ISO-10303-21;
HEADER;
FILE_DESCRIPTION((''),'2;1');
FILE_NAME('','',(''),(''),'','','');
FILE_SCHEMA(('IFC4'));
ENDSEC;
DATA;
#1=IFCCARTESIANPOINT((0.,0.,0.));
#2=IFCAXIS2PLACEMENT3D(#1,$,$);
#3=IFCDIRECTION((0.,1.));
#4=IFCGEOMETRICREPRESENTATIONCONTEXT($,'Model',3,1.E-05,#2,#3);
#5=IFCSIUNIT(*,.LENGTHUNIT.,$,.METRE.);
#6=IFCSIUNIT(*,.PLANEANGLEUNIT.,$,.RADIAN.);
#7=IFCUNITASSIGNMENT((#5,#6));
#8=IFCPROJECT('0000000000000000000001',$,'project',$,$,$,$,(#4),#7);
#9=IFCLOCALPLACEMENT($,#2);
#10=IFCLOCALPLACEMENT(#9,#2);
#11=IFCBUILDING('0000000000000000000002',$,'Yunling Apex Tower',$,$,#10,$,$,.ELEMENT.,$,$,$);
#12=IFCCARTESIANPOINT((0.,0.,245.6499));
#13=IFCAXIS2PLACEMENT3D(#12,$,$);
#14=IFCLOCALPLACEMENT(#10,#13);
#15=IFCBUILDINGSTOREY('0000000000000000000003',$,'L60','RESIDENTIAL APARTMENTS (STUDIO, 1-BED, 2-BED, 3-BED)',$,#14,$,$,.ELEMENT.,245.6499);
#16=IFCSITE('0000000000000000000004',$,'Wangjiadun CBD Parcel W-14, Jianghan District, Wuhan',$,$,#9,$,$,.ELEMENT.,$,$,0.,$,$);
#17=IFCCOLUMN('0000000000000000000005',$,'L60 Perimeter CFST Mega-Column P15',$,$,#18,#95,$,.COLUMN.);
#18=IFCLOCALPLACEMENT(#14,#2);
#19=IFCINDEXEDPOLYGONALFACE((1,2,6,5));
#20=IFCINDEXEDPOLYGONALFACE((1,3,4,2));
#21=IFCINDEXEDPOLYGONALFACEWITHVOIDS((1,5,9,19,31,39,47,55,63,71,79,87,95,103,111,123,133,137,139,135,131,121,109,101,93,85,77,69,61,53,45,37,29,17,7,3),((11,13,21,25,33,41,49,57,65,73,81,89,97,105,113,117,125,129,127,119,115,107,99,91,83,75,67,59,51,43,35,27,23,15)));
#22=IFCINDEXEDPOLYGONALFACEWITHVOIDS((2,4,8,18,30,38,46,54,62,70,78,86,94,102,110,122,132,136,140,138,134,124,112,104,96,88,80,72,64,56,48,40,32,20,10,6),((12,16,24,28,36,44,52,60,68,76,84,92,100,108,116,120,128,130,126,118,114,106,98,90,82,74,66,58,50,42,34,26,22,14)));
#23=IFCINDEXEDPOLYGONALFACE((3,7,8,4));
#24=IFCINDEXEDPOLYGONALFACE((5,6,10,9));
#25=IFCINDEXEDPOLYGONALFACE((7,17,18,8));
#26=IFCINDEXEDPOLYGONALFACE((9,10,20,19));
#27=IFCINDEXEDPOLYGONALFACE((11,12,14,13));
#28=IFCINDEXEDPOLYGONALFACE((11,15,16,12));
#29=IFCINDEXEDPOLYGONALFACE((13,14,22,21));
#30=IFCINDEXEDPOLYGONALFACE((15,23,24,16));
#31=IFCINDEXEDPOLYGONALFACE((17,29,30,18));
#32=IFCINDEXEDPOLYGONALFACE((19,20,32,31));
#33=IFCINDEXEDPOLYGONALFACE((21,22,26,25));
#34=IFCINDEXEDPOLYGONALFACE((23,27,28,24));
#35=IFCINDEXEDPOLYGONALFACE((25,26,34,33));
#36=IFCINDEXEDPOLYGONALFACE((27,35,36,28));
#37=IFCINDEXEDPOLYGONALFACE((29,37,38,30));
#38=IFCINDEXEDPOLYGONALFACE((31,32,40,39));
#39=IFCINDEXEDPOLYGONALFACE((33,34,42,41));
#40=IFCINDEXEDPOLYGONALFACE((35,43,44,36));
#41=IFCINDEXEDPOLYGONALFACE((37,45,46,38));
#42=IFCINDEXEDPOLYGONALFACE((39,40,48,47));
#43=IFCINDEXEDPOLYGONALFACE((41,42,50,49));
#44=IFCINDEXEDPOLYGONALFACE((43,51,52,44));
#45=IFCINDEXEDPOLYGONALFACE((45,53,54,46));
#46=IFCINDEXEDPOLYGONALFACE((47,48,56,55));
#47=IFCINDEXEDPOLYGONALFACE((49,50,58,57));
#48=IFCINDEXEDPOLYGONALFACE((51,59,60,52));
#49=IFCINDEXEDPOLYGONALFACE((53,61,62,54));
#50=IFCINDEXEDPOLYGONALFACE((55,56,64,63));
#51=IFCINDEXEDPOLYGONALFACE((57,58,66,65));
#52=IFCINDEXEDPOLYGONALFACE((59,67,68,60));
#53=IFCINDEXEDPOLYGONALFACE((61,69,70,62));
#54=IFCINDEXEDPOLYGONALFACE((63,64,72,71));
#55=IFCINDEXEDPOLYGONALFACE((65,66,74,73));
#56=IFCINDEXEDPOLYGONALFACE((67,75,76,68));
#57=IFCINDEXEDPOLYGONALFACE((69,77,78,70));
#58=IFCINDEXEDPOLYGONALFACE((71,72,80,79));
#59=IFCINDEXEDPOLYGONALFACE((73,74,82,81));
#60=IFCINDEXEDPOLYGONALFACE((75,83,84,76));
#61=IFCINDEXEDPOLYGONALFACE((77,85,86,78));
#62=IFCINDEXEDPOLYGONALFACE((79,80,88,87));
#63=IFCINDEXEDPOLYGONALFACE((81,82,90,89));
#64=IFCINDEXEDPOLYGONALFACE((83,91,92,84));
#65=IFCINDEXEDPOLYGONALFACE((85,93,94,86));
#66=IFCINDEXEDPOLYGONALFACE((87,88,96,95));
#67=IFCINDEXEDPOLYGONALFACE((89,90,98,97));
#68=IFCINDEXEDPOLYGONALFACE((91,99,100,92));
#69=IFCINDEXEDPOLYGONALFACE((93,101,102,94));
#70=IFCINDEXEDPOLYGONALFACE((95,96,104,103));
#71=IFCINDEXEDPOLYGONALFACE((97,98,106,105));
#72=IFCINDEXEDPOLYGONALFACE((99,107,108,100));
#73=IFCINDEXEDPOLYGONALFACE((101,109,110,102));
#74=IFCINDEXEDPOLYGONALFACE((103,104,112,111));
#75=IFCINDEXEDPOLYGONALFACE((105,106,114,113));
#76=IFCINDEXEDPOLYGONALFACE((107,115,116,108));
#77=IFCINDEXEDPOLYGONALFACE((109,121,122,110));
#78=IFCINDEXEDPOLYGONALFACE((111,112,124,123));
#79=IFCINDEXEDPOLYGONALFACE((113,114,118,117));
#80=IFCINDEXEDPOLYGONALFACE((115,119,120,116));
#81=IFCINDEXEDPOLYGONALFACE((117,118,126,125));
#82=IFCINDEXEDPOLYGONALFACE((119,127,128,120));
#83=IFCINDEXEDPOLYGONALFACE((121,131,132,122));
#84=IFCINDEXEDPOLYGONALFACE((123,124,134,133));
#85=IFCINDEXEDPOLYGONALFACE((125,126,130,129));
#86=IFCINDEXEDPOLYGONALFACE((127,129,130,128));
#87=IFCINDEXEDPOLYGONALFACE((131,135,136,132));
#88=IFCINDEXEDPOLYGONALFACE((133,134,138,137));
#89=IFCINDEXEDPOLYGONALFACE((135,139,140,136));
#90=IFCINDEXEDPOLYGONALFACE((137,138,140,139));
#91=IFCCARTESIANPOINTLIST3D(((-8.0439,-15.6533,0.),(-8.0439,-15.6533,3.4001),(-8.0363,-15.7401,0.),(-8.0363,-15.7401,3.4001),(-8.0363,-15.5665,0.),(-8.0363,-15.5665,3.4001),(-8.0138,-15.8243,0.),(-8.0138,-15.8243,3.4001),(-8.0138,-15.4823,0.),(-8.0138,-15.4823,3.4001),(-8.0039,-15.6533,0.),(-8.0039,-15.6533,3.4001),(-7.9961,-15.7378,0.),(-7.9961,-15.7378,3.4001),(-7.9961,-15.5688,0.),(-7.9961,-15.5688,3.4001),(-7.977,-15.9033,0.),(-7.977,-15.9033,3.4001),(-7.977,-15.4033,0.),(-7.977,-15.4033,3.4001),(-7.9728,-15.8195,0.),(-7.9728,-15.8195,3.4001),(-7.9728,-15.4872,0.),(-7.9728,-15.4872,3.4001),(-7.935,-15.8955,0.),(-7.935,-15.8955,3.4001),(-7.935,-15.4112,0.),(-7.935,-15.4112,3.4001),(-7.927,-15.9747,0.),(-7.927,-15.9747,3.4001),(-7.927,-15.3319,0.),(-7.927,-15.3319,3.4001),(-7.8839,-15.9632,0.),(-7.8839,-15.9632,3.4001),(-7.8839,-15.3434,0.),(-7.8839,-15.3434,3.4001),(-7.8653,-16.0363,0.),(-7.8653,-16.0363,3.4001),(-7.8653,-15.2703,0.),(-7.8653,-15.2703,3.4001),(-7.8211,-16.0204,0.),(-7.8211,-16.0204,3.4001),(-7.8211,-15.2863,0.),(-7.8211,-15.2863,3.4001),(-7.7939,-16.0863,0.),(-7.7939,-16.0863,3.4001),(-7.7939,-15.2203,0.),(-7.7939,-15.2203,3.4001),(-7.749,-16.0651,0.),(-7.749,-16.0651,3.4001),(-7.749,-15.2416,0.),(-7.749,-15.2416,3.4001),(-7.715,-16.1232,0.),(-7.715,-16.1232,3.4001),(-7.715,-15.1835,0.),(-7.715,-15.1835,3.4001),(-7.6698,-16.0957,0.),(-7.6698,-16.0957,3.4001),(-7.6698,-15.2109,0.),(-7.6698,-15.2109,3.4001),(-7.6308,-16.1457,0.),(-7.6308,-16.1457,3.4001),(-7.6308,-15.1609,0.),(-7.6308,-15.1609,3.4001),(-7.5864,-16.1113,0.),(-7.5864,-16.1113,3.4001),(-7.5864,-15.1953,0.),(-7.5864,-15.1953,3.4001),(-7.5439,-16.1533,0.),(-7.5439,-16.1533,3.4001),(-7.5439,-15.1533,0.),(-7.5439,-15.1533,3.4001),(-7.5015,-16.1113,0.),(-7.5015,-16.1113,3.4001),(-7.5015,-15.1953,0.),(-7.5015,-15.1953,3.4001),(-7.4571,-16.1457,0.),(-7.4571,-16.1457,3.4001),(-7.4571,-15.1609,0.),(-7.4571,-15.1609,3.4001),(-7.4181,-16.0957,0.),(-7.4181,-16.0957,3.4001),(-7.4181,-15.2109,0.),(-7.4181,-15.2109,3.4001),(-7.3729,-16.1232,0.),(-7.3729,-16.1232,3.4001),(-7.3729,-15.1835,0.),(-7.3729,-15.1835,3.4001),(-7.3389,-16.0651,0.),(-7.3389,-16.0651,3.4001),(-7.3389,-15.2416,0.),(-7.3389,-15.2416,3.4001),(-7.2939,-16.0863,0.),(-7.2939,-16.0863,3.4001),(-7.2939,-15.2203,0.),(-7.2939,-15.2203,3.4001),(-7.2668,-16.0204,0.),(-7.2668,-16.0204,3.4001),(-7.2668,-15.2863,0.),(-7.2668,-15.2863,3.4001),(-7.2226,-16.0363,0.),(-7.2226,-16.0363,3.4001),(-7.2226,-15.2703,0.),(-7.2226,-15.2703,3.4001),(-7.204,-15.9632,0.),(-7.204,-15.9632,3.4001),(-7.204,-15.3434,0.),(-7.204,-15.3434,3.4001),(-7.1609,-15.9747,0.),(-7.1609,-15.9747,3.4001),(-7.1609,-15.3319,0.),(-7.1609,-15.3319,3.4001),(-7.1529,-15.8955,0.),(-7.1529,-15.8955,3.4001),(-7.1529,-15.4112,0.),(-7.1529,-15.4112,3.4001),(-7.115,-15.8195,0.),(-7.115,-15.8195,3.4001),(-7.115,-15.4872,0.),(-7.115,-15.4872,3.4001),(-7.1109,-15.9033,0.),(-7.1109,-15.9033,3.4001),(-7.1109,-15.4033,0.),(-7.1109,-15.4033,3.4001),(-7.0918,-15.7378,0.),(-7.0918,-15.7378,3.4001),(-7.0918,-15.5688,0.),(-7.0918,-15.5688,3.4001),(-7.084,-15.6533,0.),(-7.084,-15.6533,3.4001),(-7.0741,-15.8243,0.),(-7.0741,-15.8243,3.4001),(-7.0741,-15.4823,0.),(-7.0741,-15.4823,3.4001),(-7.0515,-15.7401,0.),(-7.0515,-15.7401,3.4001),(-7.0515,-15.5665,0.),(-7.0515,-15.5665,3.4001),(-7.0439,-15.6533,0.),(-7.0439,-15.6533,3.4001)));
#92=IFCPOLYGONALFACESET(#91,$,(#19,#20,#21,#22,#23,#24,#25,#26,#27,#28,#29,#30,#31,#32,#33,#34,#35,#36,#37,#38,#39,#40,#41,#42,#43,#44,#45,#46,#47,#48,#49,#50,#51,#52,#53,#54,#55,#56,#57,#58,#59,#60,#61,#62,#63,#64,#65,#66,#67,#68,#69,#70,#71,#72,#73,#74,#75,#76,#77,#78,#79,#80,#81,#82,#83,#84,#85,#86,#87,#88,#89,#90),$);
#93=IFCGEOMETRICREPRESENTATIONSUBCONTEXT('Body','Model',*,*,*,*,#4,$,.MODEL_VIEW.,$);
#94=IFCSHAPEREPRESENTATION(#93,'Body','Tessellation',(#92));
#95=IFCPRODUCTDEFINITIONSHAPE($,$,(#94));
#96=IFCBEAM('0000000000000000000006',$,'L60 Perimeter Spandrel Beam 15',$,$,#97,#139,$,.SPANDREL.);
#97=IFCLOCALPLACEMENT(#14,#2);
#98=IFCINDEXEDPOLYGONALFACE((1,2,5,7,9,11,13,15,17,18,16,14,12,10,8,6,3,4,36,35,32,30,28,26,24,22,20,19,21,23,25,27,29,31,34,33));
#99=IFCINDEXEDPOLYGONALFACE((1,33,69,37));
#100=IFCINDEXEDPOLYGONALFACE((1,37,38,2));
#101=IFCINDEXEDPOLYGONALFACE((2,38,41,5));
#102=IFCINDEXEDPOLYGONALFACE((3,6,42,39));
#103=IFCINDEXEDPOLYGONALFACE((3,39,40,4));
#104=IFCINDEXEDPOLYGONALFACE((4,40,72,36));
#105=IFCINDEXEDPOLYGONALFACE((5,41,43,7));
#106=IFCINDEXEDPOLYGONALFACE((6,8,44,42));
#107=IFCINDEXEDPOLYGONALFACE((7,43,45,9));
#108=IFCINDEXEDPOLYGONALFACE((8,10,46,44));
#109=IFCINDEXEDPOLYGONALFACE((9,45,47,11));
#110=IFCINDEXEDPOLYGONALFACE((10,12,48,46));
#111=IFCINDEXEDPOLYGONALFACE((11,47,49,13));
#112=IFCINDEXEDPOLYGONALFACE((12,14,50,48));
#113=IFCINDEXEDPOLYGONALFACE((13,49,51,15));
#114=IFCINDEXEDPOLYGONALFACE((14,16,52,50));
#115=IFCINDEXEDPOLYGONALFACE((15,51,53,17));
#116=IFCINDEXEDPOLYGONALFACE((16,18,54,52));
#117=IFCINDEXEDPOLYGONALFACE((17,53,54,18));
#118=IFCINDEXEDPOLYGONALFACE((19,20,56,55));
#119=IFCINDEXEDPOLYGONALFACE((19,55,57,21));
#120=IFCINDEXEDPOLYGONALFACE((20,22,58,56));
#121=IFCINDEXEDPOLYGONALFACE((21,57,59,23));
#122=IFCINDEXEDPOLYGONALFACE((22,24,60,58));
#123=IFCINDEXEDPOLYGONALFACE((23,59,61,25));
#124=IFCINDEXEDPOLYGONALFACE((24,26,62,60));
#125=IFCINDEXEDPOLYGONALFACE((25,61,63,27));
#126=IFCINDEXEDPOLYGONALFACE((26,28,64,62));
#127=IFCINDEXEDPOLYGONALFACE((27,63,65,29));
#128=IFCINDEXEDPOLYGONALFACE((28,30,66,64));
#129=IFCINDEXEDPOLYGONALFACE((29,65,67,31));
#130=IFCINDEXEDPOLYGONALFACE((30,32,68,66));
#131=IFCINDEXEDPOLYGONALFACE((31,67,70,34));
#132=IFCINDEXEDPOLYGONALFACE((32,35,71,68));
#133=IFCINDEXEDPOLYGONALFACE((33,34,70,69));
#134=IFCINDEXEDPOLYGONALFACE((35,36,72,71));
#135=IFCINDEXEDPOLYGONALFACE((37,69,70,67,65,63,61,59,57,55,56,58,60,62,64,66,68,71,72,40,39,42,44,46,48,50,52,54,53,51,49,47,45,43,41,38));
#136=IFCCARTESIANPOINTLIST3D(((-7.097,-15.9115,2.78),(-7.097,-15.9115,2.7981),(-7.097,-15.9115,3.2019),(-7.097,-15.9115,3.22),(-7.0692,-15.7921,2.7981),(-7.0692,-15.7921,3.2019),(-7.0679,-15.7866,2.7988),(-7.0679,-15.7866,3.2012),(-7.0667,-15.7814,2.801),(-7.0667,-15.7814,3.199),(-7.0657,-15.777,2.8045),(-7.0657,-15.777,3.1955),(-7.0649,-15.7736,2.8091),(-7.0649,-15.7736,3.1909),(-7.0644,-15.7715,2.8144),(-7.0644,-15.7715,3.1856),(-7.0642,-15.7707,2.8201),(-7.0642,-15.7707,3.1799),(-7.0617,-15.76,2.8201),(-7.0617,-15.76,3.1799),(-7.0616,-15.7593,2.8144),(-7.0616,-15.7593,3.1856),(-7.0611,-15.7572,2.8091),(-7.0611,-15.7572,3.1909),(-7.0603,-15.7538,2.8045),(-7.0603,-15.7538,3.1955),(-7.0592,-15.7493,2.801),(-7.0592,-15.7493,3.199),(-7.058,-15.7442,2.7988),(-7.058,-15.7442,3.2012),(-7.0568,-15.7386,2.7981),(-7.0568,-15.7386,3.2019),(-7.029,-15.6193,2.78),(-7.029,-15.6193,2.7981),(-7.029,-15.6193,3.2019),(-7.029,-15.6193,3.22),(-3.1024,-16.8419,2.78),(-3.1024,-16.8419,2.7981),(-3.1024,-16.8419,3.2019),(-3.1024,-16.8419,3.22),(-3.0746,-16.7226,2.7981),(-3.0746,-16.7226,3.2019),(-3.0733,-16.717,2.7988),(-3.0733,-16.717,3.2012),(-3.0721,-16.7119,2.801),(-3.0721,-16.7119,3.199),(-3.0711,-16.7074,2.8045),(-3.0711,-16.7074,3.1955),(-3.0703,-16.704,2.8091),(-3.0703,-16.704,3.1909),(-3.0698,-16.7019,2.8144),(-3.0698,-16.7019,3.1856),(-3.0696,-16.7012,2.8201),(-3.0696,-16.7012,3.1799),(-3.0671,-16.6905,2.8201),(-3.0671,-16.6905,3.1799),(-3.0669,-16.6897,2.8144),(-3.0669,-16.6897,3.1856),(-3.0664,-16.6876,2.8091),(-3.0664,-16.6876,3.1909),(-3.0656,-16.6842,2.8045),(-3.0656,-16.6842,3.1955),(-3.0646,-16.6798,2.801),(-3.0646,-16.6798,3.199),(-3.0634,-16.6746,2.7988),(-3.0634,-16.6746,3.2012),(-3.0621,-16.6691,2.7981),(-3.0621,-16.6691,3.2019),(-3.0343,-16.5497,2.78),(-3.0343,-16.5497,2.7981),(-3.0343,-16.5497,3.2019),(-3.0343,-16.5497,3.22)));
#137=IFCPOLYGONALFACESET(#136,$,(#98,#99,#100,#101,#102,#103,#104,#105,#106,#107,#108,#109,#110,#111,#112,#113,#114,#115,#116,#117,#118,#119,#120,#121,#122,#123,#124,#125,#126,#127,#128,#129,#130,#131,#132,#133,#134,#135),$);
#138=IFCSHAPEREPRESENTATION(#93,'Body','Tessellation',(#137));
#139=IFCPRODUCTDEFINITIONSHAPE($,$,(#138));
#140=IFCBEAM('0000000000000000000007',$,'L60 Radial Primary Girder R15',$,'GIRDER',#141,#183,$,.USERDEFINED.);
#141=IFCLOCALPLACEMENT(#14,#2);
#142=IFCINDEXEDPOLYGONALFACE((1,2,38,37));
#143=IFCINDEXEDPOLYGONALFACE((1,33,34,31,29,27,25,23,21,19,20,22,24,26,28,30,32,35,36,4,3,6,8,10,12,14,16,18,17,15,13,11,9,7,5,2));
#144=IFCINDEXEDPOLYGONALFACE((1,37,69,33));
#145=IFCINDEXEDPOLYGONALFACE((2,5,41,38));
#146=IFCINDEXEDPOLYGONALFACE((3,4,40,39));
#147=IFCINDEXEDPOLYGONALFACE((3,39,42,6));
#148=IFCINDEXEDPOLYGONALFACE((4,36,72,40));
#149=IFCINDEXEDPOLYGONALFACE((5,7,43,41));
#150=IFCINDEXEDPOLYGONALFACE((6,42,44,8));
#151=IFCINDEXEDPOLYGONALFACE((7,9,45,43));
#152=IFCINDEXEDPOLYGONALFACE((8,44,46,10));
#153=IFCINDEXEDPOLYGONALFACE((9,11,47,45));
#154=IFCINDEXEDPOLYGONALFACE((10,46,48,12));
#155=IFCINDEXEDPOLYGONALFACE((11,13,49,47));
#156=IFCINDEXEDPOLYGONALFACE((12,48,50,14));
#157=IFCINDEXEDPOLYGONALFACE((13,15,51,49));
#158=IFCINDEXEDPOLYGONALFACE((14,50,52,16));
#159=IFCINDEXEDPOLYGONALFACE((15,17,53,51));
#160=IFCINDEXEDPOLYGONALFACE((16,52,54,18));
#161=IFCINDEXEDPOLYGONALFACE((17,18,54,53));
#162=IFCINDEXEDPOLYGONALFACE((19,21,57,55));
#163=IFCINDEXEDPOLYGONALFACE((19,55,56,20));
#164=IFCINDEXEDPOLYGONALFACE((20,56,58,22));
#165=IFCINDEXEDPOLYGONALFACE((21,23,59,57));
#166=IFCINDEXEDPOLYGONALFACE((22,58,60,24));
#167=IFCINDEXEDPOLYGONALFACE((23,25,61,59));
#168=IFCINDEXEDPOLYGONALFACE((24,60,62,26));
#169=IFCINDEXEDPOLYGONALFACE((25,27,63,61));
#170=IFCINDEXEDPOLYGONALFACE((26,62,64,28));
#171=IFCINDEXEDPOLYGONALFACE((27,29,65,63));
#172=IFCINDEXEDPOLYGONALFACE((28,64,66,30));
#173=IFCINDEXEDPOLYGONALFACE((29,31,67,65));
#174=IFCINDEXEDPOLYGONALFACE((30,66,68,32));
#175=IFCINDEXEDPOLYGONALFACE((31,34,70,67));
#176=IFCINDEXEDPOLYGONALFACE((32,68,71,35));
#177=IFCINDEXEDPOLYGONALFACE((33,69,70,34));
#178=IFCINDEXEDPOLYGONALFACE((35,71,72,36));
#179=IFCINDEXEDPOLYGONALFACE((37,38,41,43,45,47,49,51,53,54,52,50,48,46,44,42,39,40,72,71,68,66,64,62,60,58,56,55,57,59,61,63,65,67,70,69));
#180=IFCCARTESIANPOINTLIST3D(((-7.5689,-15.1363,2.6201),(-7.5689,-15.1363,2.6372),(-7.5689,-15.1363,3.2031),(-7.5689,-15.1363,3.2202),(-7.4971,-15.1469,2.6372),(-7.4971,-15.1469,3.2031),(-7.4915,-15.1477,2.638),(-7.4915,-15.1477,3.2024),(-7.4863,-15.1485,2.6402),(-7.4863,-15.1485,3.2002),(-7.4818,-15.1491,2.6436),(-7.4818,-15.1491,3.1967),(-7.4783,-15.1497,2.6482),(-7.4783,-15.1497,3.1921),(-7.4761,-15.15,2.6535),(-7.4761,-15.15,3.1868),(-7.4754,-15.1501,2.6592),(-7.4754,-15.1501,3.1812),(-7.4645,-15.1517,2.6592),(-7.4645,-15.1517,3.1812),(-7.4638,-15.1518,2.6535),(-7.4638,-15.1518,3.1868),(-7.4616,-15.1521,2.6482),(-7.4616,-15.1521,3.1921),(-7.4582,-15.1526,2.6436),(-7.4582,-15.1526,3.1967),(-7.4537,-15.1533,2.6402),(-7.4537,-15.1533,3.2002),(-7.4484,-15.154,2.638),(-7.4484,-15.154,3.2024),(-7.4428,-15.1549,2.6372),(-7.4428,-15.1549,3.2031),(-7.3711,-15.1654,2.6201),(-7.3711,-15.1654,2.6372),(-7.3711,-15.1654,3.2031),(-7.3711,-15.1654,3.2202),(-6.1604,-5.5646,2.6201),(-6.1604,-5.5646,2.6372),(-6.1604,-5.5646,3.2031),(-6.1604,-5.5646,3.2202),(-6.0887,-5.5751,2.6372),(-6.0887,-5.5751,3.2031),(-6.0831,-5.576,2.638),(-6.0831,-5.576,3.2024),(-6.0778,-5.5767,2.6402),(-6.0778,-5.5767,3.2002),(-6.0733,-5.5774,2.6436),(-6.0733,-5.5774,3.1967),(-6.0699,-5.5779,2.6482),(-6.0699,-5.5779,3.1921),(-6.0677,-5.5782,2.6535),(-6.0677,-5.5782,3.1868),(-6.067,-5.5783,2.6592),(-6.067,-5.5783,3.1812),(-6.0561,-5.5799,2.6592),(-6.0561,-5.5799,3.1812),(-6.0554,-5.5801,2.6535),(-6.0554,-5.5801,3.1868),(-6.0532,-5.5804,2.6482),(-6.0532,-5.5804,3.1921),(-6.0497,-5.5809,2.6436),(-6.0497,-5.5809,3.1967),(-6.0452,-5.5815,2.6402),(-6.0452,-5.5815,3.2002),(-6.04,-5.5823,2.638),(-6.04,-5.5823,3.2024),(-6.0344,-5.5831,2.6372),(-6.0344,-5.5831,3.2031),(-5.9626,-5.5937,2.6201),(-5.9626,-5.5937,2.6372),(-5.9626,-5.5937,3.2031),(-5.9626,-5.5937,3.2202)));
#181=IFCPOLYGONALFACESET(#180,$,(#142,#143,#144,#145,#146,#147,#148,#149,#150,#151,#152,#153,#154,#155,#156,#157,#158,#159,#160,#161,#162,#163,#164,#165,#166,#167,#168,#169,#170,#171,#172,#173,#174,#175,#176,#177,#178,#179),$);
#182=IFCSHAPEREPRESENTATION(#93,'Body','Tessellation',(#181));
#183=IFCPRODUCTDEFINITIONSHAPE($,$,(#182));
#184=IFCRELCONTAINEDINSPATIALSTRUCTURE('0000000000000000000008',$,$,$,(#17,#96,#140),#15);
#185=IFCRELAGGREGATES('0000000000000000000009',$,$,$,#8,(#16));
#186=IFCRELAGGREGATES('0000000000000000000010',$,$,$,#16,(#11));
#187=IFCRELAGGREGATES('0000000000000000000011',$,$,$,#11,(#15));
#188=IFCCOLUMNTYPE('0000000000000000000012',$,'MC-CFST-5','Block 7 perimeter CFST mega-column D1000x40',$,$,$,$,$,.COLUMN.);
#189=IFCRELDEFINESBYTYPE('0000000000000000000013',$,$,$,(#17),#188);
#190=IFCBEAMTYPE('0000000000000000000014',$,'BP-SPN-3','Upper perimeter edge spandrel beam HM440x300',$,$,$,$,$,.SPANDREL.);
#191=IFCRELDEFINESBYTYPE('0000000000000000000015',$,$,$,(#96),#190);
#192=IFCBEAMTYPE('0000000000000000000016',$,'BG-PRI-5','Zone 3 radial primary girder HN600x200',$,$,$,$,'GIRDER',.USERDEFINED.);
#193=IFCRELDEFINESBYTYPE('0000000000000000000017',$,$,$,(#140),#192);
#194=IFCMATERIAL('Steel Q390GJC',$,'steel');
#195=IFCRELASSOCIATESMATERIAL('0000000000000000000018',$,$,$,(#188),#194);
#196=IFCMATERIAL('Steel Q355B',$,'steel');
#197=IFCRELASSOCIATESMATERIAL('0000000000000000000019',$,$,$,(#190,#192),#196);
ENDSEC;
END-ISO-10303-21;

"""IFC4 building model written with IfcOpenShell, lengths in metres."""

from ifc_helpers import new_model, si_unit, direction, frame, origin, origin_2d, place, context, subcontext, project, spatial, hollow_circle, i_section, extrude, source, transform, mapped, material, material_profile, profile_set, type_object, element, save


model = new_model("IFC4")

# Units and contexts
model_context = context("Model", 3, precision=1e-05, world=origin(), true_north=direction((0.0, 1.0)))
body_context = subcontext(model_context, "Body", "Model", "MODEL_VIEW")
ifc_project = project(units=[si_unit("LENGTHUNIT", "METRE"), si_unit("PLANEANGLEUNIT", "RADIAN")], contexts=[model_context])

# Site, building, storey
site_placement = place(None, origin())
site = spatial("IfcSite", under=ifc_project, at=site_placement, Name="Wangjiadun CBD Parcel W-14, Jianghan District, Wuhan", CompositionType="ELEMENT", RefElevation=0.0)
building_placement = place(site_placement, origin())
building = spatial("IfcBuilding", under=site, at=building_placement, Name="Yunling Apex Tower", CompositionType="ELEMENT")
storey_placement = place(building_placement, frame((0.0, 0.0, 245.6499)))
storey = spatial("IfcBuildingStorey", under=building, at=storey_placement, Name="L60", Description="RESIDENTIAL APARTMENTS (STUDIO, 1-BED, 2-BED, 3-BED)", CompositionType="ELEMENT", Elevation=245.6499)

# Column
ifc_material_1 = material(Name="Steel Q390GJC", Category="steel")
ifc_material_profile_1 = material_profile(ifc_material_1, hollow_circle(Radius=0.5, WallThickness=0.04, at=origin_2d()))
ifc_profile_set_1 = profile_set([ifc_material_profile_1], Name="Steel Q390GJC")
column_type = type_object("IfcColumnType", Name="MC-CFST-5", Description="Block 7 perimeter CFST mega-column D1000x40", PredefinedType="COLUMN", material=ifc_profile_set_1)
shared_shape_1 = source(origin(), body_context, "Body", "SweptSolid", [
    extrude(hollow_circle(Radius=0.5, WallThickness=0.04, at=origin_2d()), origin(), (0.0, 0.0, 1.0), 3.4001),
])
column_placement = place(storey_placement, frame((-7.5439, -15.6533, 0.0), z_axis=(0.0, 0.0, 1.0), x_axis=(1.0, 0.0, 0.0)))
element("IfcColumn", 1, at=column_placement, inside=storey, type_object=column_type, Name="L60 Perimeter CFST Mega-Column P15", PredefinedType="COLUMN", context=body_context, shape_type="MappedRepresentation", body=[
    mapped(shared_shape_1, transform((0.0, 0.0, 0.0), scale=1.0)),
])

# Beams
ifc_material_2 = material(Name="Steel Q355B", Category="steel")
ifc_material_profile_2 = material_profile(ifc_material_2, i_section(OverallWidth=0.3, OverallDepth=0.4399, WebThickness=0.011, FlangeThickness=0.0181, FilletRadius=0.022, at=origin_2d()))
ifc_profile_set_2 = profile_set([ifc_material_profile_2], Name="Steel Q355B")
beam_type_1 = type_object("IfcBeamType", Name="BP-SPN-3", Description="Upper perimeter edge spandrel beam HM440x300", PredefinedType="SPANDREL", material=ifc_profile_set_2)
shared_shape_2 = source(origin(), body_context, "Body", "SweptSolid", [
    extrude(i_section(OverallWidth=0.3, OverallDepth=0.4399, WebThickness=0.011, FlangeThickness=0.0181, FilletRadius=0.022, at=origin_2d()), origin(), (0.0, 0.0, 1.0), 4.1016),
])
beam_1_placement = place(storey_placement, frame((-7.063, -15.7654, 3.0), z_axis=(0.973931, -0.226846, 0.0), x_axis=(0.226846, 0.973931, 0.0)))
element("IfcBeam", 2, at=beam_1_placement, inside=storey, type_object=beam_type_1, Name="L60 Perimeter Spandrel Beam 15", PredefinedType="SPANDREL", context=body_context, shape_type="MappedRepresentation", body=[
    mapped(shared_shape_2, transform((0.0, 0.0, 0.0), scale=1.0)),
])
ifc_material_profile_3 = material_profile(ifc_material_2, i_section(OverallWidth=0.2, OverallDepth=0.6001, WebThickness=0.011, FlangeThickness=0.0171, FilletRadius=0.022, at=origin_2d()))
ifc_profile_set_3 = profile_set([ifc_material_profile_3], Name="Steel Q355B")
beam_type_2 = type_object("IfcBeamType", Name="BG-PRI-5", Description="Zone 3 radial primary girder HN600x200", ElementType="GIRDER", PredefinedType="USERDEFINED", material=ifc_profile_set_3)
shared_shape_3 = source(origin(), body_context, "Body", "SweptSolid", [
    extrude(i_section(OverallWidth=0.2, OverallDepth=0.6001, WebThickness=0.011, FlangeThickness=0.0171, FilletRadius=0.022, at=origin_2d()), origin(), (0.0, 0.0, 1.0), 9.6748),
])
beam_2_placement = place(storey_placement, frame((-7.47, -15.1509, 2.9202), z_axis=(0.145578, 0.989347, 0.0), x_axis=(-0.989347, 0.145578, 0.0)))
element("IfcBeam", 3, at=beam_2_placement, inside=storey, type_object=beam_type_2, Name="L60 Radial Primary Girder R15", ObjectType="GIRDER", PredefinedType="USERDEFINED", context=body_context, shape_type="MappedRepresentation", body=[
    mapped(shared_shape_3, transform((0.0, 0.0, 0.0), scale=1.0)),
])

save(model, "model.ifc")
